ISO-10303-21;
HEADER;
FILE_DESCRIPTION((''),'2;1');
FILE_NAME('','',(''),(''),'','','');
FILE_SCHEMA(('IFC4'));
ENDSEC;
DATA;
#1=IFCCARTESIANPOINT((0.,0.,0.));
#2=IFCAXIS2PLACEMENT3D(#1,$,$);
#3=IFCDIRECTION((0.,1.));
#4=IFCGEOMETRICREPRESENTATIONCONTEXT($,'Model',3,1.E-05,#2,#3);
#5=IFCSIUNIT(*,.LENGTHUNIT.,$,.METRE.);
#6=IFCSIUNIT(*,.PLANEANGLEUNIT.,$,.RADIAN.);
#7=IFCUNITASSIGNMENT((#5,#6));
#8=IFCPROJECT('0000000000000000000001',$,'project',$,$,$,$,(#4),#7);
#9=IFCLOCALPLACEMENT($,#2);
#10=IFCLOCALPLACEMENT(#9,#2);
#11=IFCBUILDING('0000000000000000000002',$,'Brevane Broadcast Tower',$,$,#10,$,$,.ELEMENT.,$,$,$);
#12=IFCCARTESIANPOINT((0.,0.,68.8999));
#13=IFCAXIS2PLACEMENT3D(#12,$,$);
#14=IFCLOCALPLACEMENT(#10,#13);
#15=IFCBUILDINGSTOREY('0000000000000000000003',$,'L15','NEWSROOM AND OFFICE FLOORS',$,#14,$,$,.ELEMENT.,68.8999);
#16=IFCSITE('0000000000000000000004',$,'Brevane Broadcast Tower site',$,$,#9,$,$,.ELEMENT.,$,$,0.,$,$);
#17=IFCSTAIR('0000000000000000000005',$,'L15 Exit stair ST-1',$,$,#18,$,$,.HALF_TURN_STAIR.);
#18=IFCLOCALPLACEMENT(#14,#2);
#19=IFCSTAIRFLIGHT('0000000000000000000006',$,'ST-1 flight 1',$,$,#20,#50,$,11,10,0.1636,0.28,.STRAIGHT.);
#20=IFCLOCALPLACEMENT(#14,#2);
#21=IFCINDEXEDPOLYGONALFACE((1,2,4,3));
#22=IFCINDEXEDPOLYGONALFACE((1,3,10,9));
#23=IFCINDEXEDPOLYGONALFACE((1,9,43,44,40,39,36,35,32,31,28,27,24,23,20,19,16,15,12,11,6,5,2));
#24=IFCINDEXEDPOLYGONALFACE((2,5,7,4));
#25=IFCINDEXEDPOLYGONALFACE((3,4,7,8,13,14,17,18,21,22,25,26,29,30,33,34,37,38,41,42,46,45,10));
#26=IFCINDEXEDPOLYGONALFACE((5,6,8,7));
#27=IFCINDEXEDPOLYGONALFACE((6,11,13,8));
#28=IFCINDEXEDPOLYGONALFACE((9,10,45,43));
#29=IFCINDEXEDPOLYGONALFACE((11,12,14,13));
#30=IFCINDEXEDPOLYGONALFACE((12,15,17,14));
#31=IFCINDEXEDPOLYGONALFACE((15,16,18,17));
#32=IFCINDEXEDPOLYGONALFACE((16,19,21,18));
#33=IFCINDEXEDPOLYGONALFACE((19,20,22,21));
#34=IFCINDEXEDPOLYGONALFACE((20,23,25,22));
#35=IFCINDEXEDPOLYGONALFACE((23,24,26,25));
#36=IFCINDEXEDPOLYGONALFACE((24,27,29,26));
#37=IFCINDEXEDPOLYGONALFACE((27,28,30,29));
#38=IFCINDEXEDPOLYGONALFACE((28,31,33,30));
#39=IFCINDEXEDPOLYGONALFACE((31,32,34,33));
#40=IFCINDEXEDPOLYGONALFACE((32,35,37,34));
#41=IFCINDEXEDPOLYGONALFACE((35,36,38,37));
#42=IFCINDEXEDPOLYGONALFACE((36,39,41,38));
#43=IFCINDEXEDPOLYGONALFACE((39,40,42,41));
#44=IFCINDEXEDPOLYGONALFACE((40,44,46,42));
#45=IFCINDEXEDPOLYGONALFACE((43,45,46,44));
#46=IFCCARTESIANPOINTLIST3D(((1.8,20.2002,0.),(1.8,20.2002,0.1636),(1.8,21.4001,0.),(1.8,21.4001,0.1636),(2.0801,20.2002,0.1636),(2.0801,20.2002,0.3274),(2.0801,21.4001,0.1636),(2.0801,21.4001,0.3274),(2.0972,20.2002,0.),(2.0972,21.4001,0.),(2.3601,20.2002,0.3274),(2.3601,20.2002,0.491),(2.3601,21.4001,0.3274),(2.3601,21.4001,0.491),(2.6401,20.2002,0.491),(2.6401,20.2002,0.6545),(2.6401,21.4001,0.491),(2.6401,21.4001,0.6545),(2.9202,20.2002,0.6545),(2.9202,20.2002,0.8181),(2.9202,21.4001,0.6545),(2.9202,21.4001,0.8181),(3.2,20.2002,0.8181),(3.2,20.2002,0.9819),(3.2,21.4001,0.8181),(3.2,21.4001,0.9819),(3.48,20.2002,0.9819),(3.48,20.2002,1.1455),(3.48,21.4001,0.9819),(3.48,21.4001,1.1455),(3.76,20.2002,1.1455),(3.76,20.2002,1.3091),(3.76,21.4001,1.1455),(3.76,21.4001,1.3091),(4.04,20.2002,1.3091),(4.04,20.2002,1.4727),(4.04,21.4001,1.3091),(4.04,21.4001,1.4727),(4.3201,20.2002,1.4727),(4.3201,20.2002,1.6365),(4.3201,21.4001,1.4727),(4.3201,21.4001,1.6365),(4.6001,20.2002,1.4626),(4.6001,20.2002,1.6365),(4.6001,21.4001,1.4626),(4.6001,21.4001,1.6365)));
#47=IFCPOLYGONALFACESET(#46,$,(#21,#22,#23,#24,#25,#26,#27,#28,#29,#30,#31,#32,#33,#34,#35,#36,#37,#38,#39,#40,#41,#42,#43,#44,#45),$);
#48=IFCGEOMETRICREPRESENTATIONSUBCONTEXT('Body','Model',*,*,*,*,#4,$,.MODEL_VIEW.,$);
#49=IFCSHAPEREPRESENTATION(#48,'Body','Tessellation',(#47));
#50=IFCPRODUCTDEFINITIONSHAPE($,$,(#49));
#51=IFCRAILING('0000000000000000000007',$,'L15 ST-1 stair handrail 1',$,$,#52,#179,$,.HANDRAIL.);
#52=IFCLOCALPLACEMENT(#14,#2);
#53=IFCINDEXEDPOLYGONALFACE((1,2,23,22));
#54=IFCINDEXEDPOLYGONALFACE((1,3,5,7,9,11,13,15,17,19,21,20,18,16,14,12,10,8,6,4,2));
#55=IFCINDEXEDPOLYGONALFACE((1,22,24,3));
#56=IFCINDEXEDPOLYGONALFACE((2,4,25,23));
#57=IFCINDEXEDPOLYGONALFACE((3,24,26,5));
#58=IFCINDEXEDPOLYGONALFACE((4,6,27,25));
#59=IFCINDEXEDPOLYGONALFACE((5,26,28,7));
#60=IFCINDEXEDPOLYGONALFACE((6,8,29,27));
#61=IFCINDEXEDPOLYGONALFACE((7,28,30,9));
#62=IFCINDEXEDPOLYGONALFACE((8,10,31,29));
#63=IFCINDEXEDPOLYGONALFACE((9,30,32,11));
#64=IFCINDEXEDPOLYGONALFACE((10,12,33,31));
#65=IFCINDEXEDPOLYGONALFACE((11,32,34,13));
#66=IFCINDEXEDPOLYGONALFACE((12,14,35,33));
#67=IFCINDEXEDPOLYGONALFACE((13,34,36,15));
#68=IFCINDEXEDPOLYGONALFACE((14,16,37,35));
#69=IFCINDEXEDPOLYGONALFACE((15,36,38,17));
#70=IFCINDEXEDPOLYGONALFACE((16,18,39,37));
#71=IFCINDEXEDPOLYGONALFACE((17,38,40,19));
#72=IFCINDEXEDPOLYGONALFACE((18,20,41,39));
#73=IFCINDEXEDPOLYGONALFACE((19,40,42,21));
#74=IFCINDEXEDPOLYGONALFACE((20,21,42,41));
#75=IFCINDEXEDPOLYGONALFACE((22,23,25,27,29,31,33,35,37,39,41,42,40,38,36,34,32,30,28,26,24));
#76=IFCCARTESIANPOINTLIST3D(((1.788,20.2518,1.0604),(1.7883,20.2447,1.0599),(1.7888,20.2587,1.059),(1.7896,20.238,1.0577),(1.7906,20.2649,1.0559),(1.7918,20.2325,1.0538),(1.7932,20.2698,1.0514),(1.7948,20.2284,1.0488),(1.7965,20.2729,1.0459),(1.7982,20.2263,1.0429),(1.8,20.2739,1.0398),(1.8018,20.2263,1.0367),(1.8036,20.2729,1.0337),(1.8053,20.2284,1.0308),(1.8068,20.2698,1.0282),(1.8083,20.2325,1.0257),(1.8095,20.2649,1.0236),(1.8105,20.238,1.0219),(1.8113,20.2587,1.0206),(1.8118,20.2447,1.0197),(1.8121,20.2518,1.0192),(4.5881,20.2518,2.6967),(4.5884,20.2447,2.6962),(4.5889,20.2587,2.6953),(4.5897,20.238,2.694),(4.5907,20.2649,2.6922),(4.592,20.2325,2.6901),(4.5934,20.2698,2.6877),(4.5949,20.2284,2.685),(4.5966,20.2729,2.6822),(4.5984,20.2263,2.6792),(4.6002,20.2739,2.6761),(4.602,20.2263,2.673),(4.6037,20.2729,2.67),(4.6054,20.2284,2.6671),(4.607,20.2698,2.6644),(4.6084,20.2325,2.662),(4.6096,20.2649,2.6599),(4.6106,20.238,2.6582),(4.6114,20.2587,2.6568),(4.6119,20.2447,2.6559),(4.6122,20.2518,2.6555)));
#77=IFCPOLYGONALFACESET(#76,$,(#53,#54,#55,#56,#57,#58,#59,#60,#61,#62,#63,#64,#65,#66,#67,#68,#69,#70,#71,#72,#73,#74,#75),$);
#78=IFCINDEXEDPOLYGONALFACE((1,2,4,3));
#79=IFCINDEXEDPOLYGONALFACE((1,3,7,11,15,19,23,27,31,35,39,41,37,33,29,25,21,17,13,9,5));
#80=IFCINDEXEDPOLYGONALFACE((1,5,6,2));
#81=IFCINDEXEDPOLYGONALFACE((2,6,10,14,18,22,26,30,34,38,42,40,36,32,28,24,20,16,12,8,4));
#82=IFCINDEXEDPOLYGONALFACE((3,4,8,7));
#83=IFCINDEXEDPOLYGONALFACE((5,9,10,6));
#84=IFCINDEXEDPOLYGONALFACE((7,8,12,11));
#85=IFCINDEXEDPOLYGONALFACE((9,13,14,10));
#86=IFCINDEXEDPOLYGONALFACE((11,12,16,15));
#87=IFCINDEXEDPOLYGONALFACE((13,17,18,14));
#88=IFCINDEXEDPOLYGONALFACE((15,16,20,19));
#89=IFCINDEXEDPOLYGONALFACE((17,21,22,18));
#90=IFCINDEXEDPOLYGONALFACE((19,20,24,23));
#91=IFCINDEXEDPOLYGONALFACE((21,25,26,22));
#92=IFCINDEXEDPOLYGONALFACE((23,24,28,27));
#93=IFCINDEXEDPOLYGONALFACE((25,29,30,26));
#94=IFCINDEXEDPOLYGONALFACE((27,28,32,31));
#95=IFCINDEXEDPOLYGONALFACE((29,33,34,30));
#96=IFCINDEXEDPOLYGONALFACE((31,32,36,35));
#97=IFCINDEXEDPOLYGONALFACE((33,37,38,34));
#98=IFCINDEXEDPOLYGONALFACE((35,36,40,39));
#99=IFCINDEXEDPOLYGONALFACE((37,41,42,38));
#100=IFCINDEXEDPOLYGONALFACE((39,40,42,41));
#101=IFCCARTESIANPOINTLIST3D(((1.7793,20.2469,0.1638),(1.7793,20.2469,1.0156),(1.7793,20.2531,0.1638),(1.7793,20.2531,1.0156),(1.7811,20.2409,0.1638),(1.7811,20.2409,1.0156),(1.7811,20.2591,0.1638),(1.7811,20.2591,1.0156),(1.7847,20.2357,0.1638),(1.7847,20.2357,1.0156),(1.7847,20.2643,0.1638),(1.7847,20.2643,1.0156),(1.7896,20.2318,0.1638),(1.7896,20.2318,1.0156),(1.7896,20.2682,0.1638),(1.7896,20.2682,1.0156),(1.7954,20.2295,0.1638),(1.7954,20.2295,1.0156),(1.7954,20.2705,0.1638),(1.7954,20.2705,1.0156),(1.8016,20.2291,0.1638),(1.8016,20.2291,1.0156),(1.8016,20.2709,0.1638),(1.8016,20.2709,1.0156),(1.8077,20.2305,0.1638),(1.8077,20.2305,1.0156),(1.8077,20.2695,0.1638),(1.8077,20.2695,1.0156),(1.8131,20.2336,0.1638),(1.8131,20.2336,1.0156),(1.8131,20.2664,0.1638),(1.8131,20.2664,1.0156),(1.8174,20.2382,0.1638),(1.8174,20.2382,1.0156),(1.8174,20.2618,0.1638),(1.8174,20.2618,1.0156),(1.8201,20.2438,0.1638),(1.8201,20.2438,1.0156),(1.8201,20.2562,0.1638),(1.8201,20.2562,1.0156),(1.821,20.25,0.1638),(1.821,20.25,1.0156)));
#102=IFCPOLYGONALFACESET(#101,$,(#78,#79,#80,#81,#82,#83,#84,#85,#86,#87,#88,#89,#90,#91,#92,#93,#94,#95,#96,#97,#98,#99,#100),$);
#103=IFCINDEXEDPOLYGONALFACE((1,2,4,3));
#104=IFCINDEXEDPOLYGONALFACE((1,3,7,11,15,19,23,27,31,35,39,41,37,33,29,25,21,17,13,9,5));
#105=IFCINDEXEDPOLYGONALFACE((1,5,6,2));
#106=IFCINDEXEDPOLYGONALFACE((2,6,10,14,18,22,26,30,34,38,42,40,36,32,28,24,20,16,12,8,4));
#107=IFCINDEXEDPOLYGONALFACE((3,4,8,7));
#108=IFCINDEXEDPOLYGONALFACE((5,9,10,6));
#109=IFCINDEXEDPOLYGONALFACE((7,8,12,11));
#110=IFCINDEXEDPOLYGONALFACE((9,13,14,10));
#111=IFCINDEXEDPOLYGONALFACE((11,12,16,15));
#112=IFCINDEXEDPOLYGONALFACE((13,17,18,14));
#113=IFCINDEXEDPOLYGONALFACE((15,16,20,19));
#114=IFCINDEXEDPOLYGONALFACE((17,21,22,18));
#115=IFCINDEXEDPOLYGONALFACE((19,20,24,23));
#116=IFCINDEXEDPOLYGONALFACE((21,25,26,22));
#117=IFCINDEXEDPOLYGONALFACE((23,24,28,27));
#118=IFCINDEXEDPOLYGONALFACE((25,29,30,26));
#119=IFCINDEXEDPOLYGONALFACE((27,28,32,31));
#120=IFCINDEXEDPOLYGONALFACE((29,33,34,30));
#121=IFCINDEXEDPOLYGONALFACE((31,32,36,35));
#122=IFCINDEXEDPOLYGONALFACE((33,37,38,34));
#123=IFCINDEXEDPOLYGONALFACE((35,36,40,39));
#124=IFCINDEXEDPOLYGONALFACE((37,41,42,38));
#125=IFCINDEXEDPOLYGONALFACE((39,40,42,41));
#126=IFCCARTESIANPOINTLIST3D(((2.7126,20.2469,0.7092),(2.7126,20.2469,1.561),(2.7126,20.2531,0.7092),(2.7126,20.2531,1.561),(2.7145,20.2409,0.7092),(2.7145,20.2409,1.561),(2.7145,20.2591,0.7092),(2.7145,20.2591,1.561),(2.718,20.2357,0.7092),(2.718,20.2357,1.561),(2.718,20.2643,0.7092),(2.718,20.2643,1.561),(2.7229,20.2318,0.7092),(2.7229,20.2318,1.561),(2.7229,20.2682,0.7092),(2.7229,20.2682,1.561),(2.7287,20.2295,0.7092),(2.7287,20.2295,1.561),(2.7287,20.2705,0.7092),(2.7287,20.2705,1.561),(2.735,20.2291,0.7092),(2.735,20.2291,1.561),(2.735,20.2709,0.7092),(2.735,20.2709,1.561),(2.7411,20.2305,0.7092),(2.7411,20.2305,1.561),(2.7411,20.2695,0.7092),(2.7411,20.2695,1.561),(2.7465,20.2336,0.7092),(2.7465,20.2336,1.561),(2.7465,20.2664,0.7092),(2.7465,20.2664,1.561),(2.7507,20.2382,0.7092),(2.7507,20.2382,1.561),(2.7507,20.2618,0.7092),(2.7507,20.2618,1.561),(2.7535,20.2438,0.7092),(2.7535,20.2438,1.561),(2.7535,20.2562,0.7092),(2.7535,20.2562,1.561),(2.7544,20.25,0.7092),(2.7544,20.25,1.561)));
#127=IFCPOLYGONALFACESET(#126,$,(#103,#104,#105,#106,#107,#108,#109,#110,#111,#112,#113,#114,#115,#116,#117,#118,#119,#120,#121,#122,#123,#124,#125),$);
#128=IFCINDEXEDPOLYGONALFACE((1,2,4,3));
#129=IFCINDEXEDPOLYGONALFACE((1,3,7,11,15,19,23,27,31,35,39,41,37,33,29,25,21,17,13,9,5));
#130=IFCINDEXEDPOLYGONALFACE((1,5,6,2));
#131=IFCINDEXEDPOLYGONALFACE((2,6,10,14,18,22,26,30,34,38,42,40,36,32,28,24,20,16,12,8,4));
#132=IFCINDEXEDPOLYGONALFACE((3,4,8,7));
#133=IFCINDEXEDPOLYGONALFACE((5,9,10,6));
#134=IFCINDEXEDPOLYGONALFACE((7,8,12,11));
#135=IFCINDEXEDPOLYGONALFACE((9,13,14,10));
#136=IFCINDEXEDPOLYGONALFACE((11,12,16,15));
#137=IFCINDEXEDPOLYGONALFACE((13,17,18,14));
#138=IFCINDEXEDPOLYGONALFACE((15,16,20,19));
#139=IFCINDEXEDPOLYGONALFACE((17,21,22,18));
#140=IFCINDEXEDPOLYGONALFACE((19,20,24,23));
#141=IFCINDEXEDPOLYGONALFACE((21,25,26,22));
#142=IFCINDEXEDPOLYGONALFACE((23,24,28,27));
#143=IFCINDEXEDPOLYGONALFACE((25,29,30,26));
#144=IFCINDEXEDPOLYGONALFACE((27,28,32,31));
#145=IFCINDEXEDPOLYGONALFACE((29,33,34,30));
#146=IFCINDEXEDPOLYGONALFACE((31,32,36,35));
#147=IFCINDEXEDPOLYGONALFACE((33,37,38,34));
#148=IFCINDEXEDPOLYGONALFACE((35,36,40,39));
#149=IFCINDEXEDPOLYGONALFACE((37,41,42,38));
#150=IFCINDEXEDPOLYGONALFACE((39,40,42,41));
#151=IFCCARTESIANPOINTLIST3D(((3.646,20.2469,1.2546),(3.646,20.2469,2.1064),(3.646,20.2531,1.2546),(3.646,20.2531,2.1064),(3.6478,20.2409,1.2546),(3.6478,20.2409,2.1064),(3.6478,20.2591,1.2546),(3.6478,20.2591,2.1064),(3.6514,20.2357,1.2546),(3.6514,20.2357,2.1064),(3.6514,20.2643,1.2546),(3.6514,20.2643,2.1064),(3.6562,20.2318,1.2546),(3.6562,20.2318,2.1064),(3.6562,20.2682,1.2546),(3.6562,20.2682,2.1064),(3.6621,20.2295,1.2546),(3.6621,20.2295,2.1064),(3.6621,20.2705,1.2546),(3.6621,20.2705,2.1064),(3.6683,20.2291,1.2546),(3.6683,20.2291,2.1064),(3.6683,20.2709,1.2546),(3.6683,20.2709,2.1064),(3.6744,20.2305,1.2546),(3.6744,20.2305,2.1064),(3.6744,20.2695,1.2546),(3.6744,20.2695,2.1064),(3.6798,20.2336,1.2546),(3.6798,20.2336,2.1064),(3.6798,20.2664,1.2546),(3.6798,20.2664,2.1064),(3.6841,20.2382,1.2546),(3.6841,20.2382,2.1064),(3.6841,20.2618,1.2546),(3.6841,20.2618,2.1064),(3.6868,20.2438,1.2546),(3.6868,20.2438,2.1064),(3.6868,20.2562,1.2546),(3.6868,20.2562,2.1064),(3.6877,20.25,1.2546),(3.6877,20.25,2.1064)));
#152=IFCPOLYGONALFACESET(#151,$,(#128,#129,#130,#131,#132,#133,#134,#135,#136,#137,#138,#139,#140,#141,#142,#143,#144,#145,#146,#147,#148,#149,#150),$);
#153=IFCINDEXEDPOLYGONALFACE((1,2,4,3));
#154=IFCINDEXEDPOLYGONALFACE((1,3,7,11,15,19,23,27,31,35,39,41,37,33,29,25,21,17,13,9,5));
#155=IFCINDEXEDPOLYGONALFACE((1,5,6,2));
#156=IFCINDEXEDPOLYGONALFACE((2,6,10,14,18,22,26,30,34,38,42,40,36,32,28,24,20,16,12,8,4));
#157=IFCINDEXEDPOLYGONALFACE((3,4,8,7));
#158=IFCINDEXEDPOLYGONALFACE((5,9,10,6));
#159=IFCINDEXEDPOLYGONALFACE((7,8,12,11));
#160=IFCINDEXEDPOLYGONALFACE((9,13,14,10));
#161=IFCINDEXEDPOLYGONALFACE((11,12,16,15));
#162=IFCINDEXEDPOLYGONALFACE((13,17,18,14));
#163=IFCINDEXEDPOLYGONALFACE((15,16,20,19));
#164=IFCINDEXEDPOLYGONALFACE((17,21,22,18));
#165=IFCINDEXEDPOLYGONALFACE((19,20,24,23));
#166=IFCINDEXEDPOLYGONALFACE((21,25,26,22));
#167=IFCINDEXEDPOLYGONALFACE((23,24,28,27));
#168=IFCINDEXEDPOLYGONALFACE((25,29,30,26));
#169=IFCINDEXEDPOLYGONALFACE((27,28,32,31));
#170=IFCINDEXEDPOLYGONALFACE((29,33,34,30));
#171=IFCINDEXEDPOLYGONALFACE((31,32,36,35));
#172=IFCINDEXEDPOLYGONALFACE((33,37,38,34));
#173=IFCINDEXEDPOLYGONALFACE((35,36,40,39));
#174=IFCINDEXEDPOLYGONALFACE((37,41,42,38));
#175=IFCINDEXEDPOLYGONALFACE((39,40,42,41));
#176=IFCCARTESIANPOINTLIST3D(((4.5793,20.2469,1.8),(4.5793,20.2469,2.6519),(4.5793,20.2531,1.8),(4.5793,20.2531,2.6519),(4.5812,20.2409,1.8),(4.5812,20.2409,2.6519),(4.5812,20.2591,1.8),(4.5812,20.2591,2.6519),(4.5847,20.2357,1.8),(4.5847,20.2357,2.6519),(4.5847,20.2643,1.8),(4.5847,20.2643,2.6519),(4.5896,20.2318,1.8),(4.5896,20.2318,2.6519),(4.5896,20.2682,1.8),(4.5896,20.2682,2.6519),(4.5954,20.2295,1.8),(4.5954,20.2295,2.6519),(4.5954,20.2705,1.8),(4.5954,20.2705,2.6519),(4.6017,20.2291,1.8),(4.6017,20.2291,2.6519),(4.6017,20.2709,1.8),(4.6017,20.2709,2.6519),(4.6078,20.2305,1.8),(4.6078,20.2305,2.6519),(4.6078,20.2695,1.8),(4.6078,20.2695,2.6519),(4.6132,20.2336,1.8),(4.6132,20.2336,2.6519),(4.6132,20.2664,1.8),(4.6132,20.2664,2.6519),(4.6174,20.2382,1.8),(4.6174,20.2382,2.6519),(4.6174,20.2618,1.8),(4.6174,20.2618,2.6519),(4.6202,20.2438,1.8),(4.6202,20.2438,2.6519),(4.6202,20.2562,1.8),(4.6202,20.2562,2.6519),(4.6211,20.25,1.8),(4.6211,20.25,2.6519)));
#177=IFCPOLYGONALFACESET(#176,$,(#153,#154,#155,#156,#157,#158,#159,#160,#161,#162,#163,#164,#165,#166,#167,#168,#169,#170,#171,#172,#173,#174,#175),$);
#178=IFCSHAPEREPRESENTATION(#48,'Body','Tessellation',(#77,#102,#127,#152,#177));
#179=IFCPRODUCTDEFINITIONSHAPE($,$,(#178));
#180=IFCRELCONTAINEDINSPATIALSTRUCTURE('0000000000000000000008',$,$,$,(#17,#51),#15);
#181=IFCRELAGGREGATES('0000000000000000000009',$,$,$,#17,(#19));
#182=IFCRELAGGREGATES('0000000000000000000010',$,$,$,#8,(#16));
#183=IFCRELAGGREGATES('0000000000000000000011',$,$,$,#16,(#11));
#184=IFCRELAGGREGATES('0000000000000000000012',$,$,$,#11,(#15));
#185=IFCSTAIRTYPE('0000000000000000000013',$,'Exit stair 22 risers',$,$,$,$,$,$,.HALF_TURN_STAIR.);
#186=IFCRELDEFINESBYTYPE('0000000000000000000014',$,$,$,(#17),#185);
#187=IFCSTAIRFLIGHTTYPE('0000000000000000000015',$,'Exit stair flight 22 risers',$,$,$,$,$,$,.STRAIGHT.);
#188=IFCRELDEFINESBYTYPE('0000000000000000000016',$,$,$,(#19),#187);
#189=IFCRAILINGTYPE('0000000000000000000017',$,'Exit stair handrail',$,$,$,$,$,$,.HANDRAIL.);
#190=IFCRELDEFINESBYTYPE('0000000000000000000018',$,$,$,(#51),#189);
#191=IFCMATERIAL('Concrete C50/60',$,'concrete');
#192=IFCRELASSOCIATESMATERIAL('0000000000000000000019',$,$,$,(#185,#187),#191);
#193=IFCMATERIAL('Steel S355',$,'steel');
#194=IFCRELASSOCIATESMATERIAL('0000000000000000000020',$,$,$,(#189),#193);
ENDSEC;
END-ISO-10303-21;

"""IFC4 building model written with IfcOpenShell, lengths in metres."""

from ifc_helpers import new_model, si_unit, direction, frame, origin, origin_2d, place, context, subcontext, project, spatial, polyline, circle, outline, extrude, material, type_object, element, aggregate, save


model = new_model("IFC4")

# Units and contexts
model_context = context("Model", 3, precision=1e-05, world=origin(), true_north=direction((0.0, 1.0)))
body_context = subcontext(model_context, "Body", "Model", "MODEL_VIEW")
ifc_project = project(units=[si_unit("LENGTHUNIT", "METRE"), si_unit("PLANEANGLEUNIT", "RADIAN")], contexts=[model_context])

# Site, building, storey
site_placement = place(None, origin())
site = spatial("IfcSite", under=ifc_project, at=site_placement, Name="Brevane Broadcast Tower site", CompositionType="ELEMENT", RefElevation=0.0)
building_placement = place(site_placement, origin())
building = spatial("IfcBuilding", under=site, at=building_placement, Name="Brevane Broadcast Tower", CompositionType="ELEMENT")
storey_placement = place(building_placement, frame((0.0, 0.0, 68.8999)))
storey = spatial("IfcBuildingStorey", under=building, at=storey_placement, Name="L15", Description="NEWSROOM AND OFFICE FLOORS", CompositionType="ELEMENT", Elevation=68.8999)

# Stair, stair flight
ifc_material_1 = material(Name="Concrete C50/60", Category="concrete")
stair_type = type_object("IfcStairType", Name="Exit stair 22 risers", PredefinedType="HALF_TURN_STAIR", material=ifc_material_1)
stair_placement = place(storey_placement, origin())
stair = element("IfcStair", 1, at=stair_placement, inside=storey, type_object=stair_type, Name="L15 Exit stair ST-1", PredefinedType="HALF_TURN_STAIR")
stair_flight_type = type_object("IfcStairFlightType", Name="Exit stair flight 22 risers", PredefinedType="STRAIGHT", material=ifc_material_1)
stair_flight_placement = place(storey_placement, frame((1.8, 20.8, 0.0), z_axis=(0.0, 0.0, 1.0), x_axis=(1.0, 0.0, 0.0)))
stair_flight = element("IfcStairFlight", 2, at=stair_flight_placement, type_object=stair_flight_type, Name="ST-1 flight 1", NumberOfRisers=11, NumberOfTreads=10, PredefinedType="STRAIGHT", RiserHeight=0.1636, TreadLength=0.28, context=body_context, shape_type="SweptSolid", body=[
    extrude(outline(polyline([(0.0, 0.0), (0.0, 0.1636), (0.28, 0.1636), (0.28, 0.3274), (0.5601, 0.3274), (0.5601, 0.491), (0.8401, 0.491), (0.8401, 0.6545), (1.1201, 0.6545), (1.1201, 0.8181), (1.3999, 0.8181), (1.3999, 0.9819), (1.6799, 0.9819), (1.6799, 1.1455), (1.96, 1.1455), (1.96, 1.3091), (2.24, 1.3091), (2.24, 1.4727), (2.52, 1.4727), (2.52, 1.6365), (2.8, 1.6365), (2.8, 1.8), (2.8, 1.4626), (0.2971, 0.0), (0.0, 0.0)])), frame((0.0, 0.6001, 0.0), z_axis=(0.0, -1.0, 0.0), x_axis=(1.0, 0.0, 0.0)), (0.0, 0.0, 1.0), 1.2),
])
aggregate(stair, [stair_flight])

# Railing
ifc_material_2 = material(Name="Steel S355", Category="steel")
railing_type = type_object("IfcRailingType", Name="Exit stair handrail", PredefinedType="HANDRAIL", material=ifc_material_2)
railing_placement = place(storey_placement, frame((1.8, 20.25, 0.1638)))
element("IfcRailing", 3, at=railing_placement, inside=storey, type_object=railing_type, Name="L15 ST-1 stair handrail 1", PredefinedType="HANDRAIL", context=body_context, shape_type="SweptSolid", body=[
    extrude(circle(Radius=0.0239, at=origin_2d()), frame((0.0, 0.0, 0.876), z_axis=(0.863394, 0.0, 0.504531), x_axis=(0.0, 1.0, 0.0)), (0.0, 0.0, 1.0), 3.2432),
    extrude(circle(Radius=0.021, at=origin_2d()), origin(), (0.0, 0.0, 1.0), 0.8518),
    extrude(circle(Radius=0.021, at=origin_2d()), frame((0.9333, 0.0, 0.5454)), (0.0, 0.0, 1.0), 0.8518),
    extrude(circle(Radius=0.021, at=origin_2d()), frame((1.8667, 0.0, 1.0908)), (0.0, 0.0, 1.0), 0.8518),
    extrude(circle(Radius=0.021, at=origin_2d()), frame((2.8, 0.0, 1.6362)), (0.0, 0.0, 1.0), 0.8518),
])

save(model, "model.ifc")
